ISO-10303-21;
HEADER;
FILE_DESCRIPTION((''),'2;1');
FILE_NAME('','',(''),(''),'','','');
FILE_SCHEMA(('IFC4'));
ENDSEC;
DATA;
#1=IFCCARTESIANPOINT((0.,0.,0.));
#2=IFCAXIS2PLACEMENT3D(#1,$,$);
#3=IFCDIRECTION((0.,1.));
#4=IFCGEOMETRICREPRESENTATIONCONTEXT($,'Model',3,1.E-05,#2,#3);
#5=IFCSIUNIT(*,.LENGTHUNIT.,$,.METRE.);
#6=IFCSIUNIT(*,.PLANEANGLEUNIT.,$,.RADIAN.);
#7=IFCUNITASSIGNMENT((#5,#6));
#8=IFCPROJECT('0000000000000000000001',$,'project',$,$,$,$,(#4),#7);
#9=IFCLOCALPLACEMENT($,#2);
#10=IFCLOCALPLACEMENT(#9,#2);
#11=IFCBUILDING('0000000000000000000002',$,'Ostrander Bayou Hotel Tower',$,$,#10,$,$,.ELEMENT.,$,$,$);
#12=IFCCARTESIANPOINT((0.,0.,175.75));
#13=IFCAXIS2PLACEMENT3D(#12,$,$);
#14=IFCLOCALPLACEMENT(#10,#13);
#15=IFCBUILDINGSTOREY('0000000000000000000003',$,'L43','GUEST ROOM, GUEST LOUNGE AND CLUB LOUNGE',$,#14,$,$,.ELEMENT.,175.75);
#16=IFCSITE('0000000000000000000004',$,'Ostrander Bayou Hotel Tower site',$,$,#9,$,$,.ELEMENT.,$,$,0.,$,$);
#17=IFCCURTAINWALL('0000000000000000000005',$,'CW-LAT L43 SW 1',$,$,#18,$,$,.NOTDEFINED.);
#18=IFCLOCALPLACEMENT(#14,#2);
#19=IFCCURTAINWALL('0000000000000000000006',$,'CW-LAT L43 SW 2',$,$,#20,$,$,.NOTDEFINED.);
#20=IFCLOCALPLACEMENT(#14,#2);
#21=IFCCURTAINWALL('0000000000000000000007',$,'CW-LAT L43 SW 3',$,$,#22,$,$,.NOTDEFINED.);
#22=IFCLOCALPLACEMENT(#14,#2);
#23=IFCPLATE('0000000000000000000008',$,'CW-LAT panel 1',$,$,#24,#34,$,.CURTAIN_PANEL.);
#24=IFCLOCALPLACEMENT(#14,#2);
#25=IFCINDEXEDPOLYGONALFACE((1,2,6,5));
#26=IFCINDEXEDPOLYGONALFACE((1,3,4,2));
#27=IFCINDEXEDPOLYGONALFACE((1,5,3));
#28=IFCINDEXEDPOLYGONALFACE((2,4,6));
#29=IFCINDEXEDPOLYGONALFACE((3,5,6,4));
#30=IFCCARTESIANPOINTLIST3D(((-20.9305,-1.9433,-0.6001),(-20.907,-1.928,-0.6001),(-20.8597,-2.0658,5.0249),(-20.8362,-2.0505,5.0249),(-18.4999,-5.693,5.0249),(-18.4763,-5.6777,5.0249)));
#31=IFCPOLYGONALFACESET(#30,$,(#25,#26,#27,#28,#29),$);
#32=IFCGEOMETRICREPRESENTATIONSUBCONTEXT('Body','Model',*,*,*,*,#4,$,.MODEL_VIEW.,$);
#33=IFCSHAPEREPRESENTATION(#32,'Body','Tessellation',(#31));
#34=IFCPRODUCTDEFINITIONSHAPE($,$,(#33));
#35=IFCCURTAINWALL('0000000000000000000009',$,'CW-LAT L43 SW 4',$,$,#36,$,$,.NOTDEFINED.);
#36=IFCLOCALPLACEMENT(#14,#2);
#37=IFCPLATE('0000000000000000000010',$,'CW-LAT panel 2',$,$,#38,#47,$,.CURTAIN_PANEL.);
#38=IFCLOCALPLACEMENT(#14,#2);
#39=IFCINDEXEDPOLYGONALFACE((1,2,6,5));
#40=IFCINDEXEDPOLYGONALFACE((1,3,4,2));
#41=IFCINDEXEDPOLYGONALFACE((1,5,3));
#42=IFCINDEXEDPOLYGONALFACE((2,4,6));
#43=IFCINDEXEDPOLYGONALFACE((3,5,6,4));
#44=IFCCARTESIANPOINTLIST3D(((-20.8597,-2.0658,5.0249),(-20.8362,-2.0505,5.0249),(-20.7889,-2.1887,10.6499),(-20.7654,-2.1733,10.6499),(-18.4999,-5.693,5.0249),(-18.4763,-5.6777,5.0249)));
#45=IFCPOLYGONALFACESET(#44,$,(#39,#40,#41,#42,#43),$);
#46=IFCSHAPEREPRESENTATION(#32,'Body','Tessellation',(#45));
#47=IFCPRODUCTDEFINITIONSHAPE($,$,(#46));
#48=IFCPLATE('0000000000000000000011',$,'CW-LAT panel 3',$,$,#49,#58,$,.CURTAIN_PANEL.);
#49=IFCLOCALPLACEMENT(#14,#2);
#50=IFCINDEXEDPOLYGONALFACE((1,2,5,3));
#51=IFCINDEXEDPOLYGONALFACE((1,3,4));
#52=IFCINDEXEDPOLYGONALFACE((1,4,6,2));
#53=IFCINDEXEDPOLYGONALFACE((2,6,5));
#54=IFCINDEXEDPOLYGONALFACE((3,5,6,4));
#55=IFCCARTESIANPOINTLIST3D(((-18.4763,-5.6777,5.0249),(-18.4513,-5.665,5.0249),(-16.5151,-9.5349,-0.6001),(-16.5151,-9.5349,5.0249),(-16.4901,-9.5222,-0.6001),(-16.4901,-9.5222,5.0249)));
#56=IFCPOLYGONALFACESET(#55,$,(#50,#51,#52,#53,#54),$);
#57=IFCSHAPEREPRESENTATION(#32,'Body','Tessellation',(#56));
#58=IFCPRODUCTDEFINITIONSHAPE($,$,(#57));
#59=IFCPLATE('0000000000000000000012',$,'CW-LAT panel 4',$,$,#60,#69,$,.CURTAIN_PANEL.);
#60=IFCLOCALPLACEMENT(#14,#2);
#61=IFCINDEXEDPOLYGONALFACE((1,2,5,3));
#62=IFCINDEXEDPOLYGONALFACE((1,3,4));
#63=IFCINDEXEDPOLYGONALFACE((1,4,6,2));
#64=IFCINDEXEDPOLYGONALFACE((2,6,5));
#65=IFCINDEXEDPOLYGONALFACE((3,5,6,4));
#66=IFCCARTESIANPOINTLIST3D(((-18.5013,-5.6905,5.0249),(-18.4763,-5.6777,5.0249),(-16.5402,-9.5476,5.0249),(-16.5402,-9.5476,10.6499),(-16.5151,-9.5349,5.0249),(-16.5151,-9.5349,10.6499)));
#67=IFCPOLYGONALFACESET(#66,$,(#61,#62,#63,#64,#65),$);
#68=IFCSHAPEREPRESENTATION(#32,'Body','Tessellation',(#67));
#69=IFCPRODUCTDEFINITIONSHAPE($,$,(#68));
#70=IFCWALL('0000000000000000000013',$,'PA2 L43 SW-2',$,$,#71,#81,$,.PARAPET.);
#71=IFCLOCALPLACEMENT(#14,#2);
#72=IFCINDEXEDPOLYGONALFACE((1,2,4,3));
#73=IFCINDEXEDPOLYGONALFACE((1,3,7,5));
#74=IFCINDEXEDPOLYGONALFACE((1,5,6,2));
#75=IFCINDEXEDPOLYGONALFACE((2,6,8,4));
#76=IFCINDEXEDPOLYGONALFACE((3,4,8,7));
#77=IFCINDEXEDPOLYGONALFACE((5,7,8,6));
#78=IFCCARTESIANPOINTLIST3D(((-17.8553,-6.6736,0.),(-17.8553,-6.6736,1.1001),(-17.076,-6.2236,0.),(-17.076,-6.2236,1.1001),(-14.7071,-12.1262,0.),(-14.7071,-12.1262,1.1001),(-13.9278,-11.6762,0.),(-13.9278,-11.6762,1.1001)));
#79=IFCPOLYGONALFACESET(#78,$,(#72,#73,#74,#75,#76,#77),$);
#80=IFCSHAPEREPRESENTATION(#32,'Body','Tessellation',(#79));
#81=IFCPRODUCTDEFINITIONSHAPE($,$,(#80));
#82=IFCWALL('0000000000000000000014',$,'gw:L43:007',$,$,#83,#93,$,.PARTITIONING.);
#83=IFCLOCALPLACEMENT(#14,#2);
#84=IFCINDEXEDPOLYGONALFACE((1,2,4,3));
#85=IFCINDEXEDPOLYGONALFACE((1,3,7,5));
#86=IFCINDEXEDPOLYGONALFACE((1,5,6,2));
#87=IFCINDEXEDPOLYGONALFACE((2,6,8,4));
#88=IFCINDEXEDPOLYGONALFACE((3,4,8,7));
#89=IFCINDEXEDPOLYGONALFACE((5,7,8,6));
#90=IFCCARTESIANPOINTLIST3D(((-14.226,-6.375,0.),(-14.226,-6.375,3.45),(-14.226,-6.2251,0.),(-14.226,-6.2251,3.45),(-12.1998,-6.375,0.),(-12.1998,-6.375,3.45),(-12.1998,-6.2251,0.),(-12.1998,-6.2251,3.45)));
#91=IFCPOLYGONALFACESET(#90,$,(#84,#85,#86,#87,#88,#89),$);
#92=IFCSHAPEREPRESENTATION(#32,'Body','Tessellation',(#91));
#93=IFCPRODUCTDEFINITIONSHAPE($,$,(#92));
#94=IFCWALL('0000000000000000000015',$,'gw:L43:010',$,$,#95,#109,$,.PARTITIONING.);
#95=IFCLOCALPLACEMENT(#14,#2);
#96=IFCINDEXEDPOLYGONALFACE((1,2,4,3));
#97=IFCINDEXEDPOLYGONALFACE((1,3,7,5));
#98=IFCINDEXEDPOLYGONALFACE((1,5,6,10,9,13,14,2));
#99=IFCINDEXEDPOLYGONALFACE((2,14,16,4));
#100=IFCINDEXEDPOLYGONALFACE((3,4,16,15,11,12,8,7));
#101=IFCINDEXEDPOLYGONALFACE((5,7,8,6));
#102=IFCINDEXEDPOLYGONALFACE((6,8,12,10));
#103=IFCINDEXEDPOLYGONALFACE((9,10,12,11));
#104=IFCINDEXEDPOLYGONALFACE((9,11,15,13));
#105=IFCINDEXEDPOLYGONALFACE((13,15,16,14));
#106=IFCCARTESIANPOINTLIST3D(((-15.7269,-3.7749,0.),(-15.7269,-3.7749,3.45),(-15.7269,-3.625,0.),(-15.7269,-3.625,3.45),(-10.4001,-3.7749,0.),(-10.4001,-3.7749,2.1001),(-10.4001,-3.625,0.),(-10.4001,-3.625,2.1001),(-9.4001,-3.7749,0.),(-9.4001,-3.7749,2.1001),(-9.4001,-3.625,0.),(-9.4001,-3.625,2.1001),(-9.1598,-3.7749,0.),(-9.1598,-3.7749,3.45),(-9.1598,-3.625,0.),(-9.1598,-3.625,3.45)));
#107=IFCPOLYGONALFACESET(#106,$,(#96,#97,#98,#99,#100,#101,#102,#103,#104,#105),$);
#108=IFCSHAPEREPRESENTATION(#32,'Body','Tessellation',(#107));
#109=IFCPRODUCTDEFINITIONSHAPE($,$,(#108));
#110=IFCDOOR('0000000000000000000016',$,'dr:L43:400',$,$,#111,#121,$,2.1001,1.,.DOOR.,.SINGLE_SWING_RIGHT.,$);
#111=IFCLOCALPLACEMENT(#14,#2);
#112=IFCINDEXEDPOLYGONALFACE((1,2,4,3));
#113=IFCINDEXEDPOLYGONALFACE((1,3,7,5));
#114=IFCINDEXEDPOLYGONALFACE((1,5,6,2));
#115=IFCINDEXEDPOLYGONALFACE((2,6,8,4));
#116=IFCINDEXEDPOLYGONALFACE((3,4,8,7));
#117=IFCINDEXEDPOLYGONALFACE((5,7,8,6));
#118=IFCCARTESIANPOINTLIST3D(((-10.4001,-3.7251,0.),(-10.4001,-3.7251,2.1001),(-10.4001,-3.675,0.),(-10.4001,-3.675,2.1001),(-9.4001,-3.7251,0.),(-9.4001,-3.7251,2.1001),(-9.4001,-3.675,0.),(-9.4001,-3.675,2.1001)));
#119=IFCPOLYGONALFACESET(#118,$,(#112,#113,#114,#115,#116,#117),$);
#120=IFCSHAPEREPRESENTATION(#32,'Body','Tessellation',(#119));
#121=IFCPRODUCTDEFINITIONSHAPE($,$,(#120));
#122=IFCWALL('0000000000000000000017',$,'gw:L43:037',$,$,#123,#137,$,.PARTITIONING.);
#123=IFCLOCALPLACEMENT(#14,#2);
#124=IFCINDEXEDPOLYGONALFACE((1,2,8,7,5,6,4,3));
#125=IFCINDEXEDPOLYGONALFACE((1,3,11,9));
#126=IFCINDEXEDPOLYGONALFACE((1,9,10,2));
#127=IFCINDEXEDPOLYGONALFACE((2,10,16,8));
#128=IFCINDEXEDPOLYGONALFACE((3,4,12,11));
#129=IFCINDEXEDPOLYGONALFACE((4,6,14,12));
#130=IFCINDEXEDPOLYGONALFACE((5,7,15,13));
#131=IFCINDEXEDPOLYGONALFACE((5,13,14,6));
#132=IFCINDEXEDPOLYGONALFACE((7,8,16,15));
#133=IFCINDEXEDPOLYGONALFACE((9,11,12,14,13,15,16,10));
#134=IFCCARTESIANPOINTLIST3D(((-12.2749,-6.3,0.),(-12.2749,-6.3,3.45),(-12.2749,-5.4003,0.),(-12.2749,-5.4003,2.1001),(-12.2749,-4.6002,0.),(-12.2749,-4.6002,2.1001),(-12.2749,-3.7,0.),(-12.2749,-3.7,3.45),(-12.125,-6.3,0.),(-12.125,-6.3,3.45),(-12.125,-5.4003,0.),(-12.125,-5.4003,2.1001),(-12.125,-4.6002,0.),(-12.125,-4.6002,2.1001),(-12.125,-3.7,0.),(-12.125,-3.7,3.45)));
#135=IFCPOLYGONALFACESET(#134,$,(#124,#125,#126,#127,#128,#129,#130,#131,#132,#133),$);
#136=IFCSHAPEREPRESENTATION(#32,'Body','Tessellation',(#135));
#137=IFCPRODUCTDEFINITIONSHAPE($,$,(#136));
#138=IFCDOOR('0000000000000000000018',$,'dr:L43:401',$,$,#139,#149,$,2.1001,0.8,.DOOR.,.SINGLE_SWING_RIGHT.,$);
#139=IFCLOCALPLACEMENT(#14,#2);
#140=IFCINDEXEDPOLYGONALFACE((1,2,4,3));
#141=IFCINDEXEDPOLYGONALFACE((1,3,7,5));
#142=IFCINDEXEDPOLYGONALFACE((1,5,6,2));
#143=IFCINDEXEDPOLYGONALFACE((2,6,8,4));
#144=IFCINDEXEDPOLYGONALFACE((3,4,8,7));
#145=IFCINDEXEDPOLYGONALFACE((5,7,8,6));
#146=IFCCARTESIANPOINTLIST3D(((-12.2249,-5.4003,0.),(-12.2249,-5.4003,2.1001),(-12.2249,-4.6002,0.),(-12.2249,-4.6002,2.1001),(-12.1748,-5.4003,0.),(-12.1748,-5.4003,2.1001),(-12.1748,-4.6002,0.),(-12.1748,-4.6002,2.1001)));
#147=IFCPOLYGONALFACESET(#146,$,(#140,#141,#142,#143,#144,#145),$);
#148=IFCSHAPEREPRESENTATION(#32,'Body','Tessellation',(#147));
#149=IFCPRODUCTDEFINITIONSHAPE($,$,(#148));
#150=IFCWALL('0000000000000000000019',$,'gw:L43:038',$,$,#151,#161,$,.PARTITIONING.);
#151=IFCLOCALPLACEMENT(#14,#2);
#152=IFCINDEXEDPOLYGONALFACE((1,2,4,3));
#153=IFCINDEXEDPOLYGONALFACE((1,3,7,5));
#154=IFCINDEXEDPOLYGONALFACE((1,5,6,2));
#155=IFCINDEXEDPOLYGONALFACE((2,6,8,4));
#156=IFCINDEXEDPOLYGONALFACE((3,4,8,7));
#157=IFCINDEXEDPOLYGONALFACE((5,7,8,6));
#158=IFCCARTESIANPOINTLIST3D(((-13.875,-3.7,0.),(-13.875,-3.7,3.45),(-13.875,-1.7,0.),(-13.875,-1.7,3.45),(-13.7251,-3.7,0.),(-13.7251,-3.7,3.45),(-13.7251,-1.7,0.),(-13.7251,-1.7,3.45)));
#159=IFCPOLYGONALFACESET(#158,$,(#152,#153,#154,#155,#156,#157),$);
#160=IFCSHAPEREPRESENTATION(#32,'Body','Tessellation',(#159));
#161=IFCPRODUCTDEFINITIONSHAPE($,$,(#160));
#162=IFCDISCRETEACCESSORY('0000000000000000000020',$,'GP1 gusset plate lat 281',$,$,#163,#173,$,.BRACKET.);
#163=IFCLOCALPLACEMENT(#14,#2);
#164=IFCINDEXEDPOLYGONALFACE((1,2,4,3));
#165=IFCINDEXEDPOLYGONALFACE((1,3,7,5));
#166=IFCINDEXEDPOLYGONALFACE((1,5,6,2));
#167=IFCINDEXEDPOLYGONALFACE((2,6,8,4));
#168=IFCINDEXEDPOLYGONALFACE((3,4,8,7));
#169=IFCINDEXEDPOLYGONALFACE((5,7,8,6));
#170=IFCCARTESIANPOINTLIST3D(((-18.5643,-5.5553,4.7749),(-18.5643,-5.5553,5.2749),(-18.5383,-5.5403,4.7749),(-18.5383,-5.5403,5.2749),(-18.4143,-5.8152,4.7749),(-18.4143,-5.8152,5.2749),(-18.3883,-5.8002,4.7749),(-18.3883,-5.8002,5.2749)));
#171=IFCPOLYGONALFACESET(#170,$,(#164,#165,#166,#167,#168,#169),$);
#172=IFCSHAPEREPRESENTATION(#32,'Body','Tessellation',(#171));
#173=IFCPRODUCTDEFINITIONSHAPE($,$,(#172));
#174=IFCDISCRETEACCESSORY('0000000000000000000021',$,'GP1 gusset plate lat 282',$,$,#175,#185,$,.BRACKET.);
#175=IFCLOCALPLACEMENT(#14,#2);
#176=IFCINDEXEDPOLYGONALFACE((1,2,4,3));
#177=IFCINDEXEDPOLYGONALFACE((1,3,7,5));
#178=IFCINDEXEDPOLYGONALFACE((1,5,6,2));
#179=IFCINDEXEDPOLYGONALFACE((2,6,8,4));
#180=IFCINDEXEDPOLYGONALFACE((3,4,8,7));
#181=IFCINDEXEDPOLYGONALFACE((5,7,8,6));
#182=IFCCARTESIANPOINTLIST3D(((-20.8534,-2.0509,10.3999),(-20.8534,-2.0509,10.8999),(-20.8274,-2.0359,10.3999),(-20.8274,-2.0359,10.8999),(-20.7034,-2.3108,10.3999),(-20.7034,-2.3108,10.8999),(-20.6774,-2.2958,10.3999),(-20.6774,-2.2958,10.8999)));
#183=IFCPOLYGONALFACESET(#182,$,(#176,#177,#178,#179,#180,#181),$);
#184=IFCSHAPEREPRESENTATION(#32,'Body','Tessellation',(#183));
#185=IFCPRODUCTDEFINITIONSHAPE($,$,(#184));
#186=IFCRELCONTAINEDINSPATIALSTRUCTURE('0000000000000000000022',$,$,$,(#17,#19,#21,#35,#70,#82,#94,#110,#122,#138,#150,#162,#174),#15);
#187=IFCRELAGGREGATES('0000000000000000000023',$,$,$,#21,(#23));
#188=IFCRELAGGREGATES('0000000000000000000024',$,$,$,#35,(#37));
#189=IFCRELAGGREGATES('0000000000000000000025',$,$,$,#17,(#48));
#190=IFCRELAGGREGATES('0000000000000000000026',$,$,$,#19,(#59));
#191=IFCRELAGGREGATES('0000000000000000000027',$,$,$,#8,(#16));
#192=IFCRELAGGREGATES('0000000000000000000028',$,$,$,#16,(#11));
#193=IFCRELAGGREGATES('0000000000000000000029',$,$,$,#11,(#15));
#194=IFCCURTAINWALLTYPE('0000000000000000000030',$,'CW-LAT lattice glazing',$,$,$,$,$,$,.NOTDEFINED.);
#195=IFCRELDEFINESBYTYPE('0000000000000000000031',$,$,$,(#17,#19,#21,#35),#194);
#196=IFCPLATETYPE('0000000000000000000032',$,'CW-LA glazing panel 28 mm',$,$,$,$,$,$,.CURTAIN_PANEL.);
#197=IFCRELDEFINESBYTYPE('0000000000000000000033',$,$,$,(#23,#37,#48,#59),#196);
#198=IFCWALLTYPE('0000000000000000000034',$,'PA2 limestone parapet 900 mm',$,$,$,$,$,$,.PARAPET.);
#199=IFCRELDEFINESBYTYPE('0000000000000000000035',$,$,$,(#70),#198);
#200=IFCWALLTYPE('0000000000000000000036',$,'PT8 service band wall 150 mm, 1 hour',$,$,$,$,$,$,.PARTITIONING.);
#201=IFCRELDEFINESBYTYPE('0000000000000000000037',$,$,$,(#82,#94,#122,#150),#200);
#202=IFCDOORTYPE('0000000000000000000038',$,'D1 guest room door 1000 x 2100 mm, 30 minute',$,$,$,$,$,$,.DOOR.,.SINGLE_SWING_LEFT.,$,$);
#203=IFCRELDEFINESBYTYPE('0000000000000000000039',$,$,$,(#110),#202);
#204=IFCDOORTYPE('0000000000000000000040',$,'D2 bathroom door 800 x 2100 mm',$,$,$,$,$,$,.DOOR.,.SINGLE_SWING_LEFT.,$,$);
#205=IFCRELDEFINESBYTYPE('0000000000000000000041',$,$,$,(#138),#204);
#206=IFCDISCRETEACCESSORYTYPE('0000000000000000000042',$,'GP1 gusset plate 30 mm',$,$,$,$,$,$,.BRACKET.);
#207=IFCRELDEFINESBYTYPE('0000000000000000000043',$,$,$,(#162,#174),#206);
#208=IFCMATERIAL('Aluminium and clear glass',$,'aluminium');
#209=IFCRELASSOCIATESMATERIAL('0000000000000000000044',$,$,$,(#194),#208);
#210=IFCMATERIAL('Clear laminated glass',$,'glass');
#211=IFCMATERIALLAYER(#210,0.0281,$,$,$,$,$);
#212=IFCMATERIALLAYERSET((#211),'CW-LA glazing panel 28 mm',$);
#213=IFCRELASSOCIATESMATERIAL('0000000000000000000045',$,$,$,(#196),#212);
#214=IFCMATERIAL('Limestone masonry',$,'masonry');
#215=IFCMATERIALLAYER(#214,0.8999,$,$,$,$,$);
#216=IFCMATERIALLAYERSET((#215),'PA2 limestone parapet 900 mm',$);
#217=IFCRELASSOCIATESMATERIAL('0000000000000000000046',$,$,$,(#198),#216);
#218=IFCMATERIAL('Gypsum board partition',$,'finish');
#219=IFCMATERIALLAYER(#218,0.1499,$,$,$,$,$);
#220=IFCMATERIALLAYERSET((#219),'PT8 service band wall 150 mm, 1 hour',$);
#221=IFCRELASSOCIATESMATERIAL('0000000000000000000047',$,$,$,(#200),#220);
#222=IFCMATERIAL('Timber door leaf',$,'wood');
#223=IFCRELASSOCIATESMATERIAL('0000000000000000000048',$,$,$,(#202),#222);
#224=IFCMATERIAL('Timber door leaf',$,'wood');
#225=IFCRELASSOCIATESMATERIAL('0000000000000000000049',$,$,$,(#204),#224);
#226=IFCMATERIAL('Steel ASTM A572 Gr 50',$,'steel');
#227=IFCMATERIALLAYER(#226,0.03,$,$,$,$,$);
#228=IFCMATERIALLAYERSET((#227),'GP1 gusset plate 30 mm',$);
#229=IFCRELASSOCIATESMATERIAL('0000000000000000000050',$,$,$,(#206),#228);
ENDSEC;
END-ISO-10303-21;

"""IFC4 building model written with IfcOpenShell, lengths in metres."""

from ifc_helpers import new_model, si_unit, direction, frame, frame_2d, origin, origin_2d, place, context, subcontext, project, spatial, polyline, rectangle, outline, extrude, material, layer, layer_set, type_object, element, fill, aggregate, save


model = new_model("IFC4")

# Units and contexts
model_context = context("Model", 3, precision=1e-05, world=origin(), true_north=direction((0.0, 1.0)))
body_context = subcontext(model_context, "Body", "Model", "MODEL_VIEW")
ifc_project = project(units=[si_unit("LENGTHUNIT", "METRE"), si_unit("PLANEANGLEUNIT", "RADIAN")], contexts=[model_context])

# Site, building, storey
site_placement = place(None, origin())
site = spatial("IfcSite", under=ifc_project, at=site_placement, Name="Ostrander Bayou Hotel Tower site", CompositionType="ELEMENT", RefElevation=0.0)
building_placement = place(site_placement, origin())
building = spatial("IfcBuilding", under=site, at=building_placement, Name="Ostrander Bayou Hotel Tower", CompositionType="ELEMENT")
storey_placement = place(building_placement, frame((0.0, 0.0, 175.75)))
storey = spatial("IfcBuildingStorey", under=building, at=storey_placement, Name="L43", Description="GUEST ROOM, GUEST LOUNGE AND CLUB LOUNGE", CompositionType="ELEMENT", Elevation=175.75)

# Curtain wall
ifc_material_1 = material(Name="Aluminium and clear glass", Category="aluminium")
curtain_wall_type = type_object("IfcCurtainWallType", Name="CW-LAT lattice glazing", PredefinedType="NOTDEFINED", material=ifc_material_1)
curtain_wall_1_placement = place(storey_placement, origin())
curtain_wall_1 = element("IfcCurtainWall", 1, at=curtain_wall_1_placement, inside=storey, type_object=curtain_wall_type, Name="CW-LAT L43 SW 1", PredefinedType="NOTDEFINED")

# Curtain wall
curtain_wall_2_placement = place(storey_placement, origin())
curtain_wall_2 = element("IfcCurtainWall", 2, at=curtain_wall_2_placement, inside=storey, type_object=curtain_wall_type, Name="CW-LAT L43 SW 2", PredefinedType="NOTDEFINED")

# Curtain walls, plates
curtain_wall_3_placement = place(storey_placement, origin())
curtain_wall_3 = element("IfcCurtainWall", 3, at=curtain_wall_3_placement, inside=storey, type_object=curtain_wall_type, Name="CW-LAT L43 SW 3", PredefinedType="NOTDEFINED")
ifc_material_2 = material(Name="Clear laminated glass", Category="glass")
ifc_layer_1 = layer(ifc_material_2, 0.0281)
ifc_layer_set_1 = layer_set([ifc_layer_1], Name="CW-LA glazing panel 28 mm")
plate_type = type_object("IfcPlateType", Name="CW-LA glazing panel 28 mm", PredefinedType="CURTAIN_PANEL", material=ifc_layer_set_1)
plate_1_placement = place(storey_placement, frame((-18.4763, -5.6777, 5.0249), z_axis=(0.838212, 0.545343, 0.001332), x_axis=(-0.338346, 0.521962, -0.782993)))
plate_1 = element("IfcPlate", 4, at=plate_1_placement, type_object=plate_type, Name="CW-LAT panel 1", PredefinedType="CURTAIN_PANEL", context=body_context, shape_type="SweptSolid", body=[
    extrude(outline(polyline([(0.0, 0.0), (7.184, 0.0), (2.6917, 3.3882), (0.0, 0.0)])), origin(), (0.0, 0.0, -1.0), 0.0281),
])
aggregate(curtain_wall_3, [plate_1])
curtain_wall_4_placement = place(storey_placement, origin())
curtain_wall_4 = element("IfcCurtainWall", 5, at=curtain_wall_4_placement, inside=storey, type_object=curtain_wall_type, Name="CW-LAT L43 SW 4", PredefinedType="NOTDEFINED")
plate_2_placement = place(storey_placement, frame((-18.4763, -5.6777, 5.0249), z_axis=(0.838212, 0.545343, 0.001355), x_axis=(-0.326472, 0.499806, 0.802253)))
plate_2 = element("IfcPlate", 6, at=plate_2_placement, type_object=plate_type, Name="CW-LAT panel 2", PredefinedType="CURTAIN_PANEL", context=body_context, shape_type="SweptSolid", body=[
    extrude(outline(polyline([(0.0, 0.0), (7.0115, 0.0), (2.5833, -3.4716), (0.0, 0.0)])), origin(), (0.0, 0.0, -1.0), 0.0281),
])
aggregate(curtain_wall_4, [plate_2])

# Plates
plate_3_placement = place(storey_placement, frame((-18.4763, -5.6777, 5.0249), z_axis=(-0.891394, -0.453229, 0.0), x_axis=(0.276347, -0.543509, -0.79261)))
plate_3 = element("IfcPlate", 7, at=plate_3_placement, type_object=plate_type, Name="CW-LAT panel 3", PredefinedType="CURTAIN_PANEL", context=body_context, shape_type="SweptSolid", body=[
    extrude(outline(polyline([(0.0, 0.0), (7.0968, 0.0), (2.6384, 3.4297), (0.0, 0.0)])), origin(), (0.0, 0.0, -1.0), 0.0281),
])
aggregate(curtain_wall_1, [plate_3])
plate_4_placement = place(storey_placement, frame((-18.4763, -5.6777, 5.0249), z_axis=(0.891394, 0.453229, 0.0), x_axis=(0.276347, -0.543509, 0.79261)))
plate_4 = element("IfcPlate", 8, at=plate_4_placement, type_object=plate_type, Name="CW-LAT panel 4", PredefinedType="CURTAIN_PANEL", context=body_context, shape_type="SweptSolid", body=[
    extrude(outline(polyline([(0.0, 0.0), (7.0968, 0.0), (2.6384, 3.4297), (0.0, 0.0)])), origin(), (0.0, 0.0, -1.0), 0.0281),
])
aggregate(curtain_wall_2, [plate_4])

# Walls
ifc_material_3 = material(Name="Limestone masonry", Category="masonry")
ifc_layer_2 = layer(ifc_material_3, 0.8999)
ifc_layer_set_2 = layer_set([ifc_layer_2], Name="PA2 limestone parapet 900 mm")
wall_type_1 = type_object("IfcWallType", Name="PA2 limestone parapet 900 mm", PredefinedType="PARAPET", material=ifc_layer_set_2)
wall_1_placement = place(storey_placement, frame((-17.4656, -6.4487, 0.0), z_axis=(0.0, 0.0, 1.0), x_axis=(0.500013, -0.866018, 0.0)))
element("IfcWall", 9, at=wall_1_placement, inside=storey, type_object=wall_type_1, Name="PA2 L43 SW-2", PredefinedType="PARAPET", context=body_context, shape_type="SweptSolid", body=[
    extrude(rectangle(XDim=6.2961, YDim=0.8999, at=frame_2d((3.1479, 0.0))), origin(), (0.0, 0.0, 1.0), 1.1001),
])
ifc_material_4 = material(Name="Gypsum board partition", Category="finish")
ifc_layer_3 = layer(ifc_material_4, 0.1499)
ifc_layer_set_3 = layer_set([ifc_layer_3], Name="PT8 service band wall 150 mm, 1 hour")
wall_type_2 = type_object("IfcWallType", Name="PT8 service band wall 150 mm, 1 hour", PredefinedType="PARTITIONING", material=ifc_layer_set_3)
wall_2_placement = place(storey_placement, frame((-14.2261, -6.3, 0.0), z_axis=(0.0, 0.0, 1.0), x_axis=(1.0, 0.0, 0.0)))
element("IfcWall", 10, at=wall_2_placement, inside=storey, type_object=wall_type_2, Name="gw:L43:007", PredefinedType="PARTITIONING", context=body_context, shape_type="SweptSolid", body=[
    extrude(rectangle(XDim=2.0261, YDim=0.1499, at=frame_2d((1.0132, 0.0))), origin(), (0.0, 0.0, 1.0), 3.45),
])

# Walls, openings, doors
wall_3_placement = place(storey_placement, frame((-15.7271, -3.7, 0.0), z_axis=(0.0, 0.0, 1.0), x_axis=(1.0, 0.0, 0.0)))
wall_3 = element("IfcWall", 11, at=wall_3_placement, inside=storey, type_object=wall_type_2, Name="gw:L43:010", PredefinedType="PARTITIONING", context=body_context, shape_type="SweptSolid", body=[
    extrude(rectangle(XDim=6.5671, YDim=0.1499, at=frame_2d((3.2837, 0.0))), origin(), (0.0, 0.0, 1.0), 3.45),
])
opening_1_placement = place(wall_3_placement, frame((5.3269, 0.0, 0.0)))
opening_1 = element("IfcOpeningElement", 12, at=opening_1_placement, cuts=wall_3, PredefinedType="OPENING", context=body_context, shape_type="SweptSolid", body=[
    extrude(rectangle(XDim=1.0, YDim=2.1001, at=frame_2d((0.5, 1.05))), frame((0.0, 0.075, 0.0), z_axis=(0.0, -1.0, 0.0), x_axis=(1.0, 0.0, 0.0)), (0.0, 0.0, 1.0), 0.1499),
])
ifc_material_5 = material(Name="Timber door leaf", Category="wood")
door_type_1 = type_object("IfcDoorType", Name="D1 guest room door 1000 x 2100 mm, 30 minute", OperationType="SINGLE_SWING_LEFT", PredefinedType="DOOR", material=ifc_material_5)
door_1_placement = place(opening_1_placement, origin())
door_1 = element("IfcDoor", 13, at=door_1_placement, inside=storey, type_object=door_type_1, Name="dr:L43:400", OperationType="SINGLE_SWING_RIGHT", OverallHeight=2.1001, OverallWidth=1.0, PredefinedType="DOOR", context=body_context, shape_type="SweptSolid", body=[
    extrude(rectangle(XDim=1.0, YDim=2.1001, at=frame_2d((0.5, 1.05))), frame((0.0, 0.0249, 0.0), z_axis=(0.0, -1.0, 0.0), x_axis=(1.0, 0.0, 0.0)), (0.0, 0.0, 1.0), 0.05),
])
fill(opening_1, door_1)
wall_4_placement = place(storey_placement, frame((-12.2, -6.3, 0.0), z_axis=(0.0, 0.0, 1.0), x_axis=(0.0, 1.0, 0.0)))
wall_4 = element("IfcWall", 14, at=wall_4_placement, inside=storey, type_object=wall_type_2, Name="gw:L43:037", PredefinedType="PARTITIONING", context=body_context, shape_type="SweptSolid", body=[
    extrude(rectangle(XDim=2.6001, YDim=0.1499, at=frame_2d((1.3, 0.0))), origin(), (0.0, 0.0, 1.0), 3.45),
])
opening_2_placement = place(wall_4_placement, frame((0.8999, 0.0, 0.0)))
opening_2 = element("IfcOpeningElement", 15, at=opening_2_placement, cuts=wall_4, PredefinedType="OPENING", context=body_context, shape_type="SweptSolid", body=[
    extrude(rectangle(XDim=0.8, YDim=2.1001, at=frame_2d((0.3999, 1.05))), frame((0.0, 0.075, 0.0), z_axis=(0.0, -1.0, 0.0), x_axis=(1.0, 0.0, 0.0)), (0.0, 0.0, 1.0), 0.1499),
])
ifc_material_6 = material(Name="Timber door leaf", Category="wood")
door_type_2 = type_object("IfcDoorType", Name="D2 bathroom door 800 x 2100 mm", OperationType="SINGLE_SWING_LEFT", PredefinedType="DOOR", material=ifc_material_6)
door_2_placement = place(opening_2_placement, origin())
door_2 = element("IfcDoor", 16, at=door_2_placement, inside=storey, type_object=door_type_2, Name="dr:L43:401", OperationType="SINGLE_SWING_RIGHT", OverallHeight=2.1001, OverallWidth=0.8, PredefinedType="DOOR", context=body_context, shape_type="SweptSolid", body=[
    extrude(rectangle(XDim=0.8, YDim=2.1001, at=frame_2d((0.3999, 1.05))), frame((0.0, 0.0249, 0.0), z_axis=(0.0, -1.0, 0.0), x_axis=(1.0, 0.0, 0.0)), (0.0, 0.0, 1.0), 0.05),
])
fill(opening_2, door_2)

# Wall
wall_5_placement = place(storey_placement, frame((-13.8, -3.7, 0.0), z_axis=(0.0, 0.0, 1.0), x_axis=(0.0, 1.0, 0.0)))
element("IfcWall", 17, at=wall_5_placement, inside=storey, type_object=wall_type_2, Name="gw:L43:038", PredefinedType="PARTITIONING", context=body_context, shape_type="SweptSolid", body=[
    extrude(rectangle(XDim=2.0, YDim=0.1499, at=frame_2d((1.0, 0.0))), origin(), (0.0, 0.0, 1.0), 3.45),
])

# Discrete accessories
ifc_material_7 = material(Name="Steel ASTM A572 Gr 50", Category="steel")
ifc_layer_4 = layer(ifc_material_7, 0.03)
ifc_layer_set_4 = layer_set([ifc_layer_4], Name="GP1 gusset plate 30 mm")
discrete_accessory_type = type_object("IfcDiscreteAccessoryType", Name="GP1 gusset plate 30 mm", PredefinedType="BRACKET", material=ifc_layer_set_4)
for number, where, z_axis, x_axis, name in (
    (18, (-18.4763, -5.6777, 4.7749), (0.0, 0.0, 1.0), (0.5, -0.866025, 0.0), "GP1 gusset plate lat 281"),
    (19, (-20.7654, -2.1733, 10.3999), (0.0, 0.0, 1.0), (0.5, -0.866025, 0.0), "GP1 gusset plate lat 282"),
):
    element("IfcDiscreteAccessory", number, at=place(storey_placement, frame(where, z_axis=z_axis, x_axis=x_axis)), inside=storey, type_object=discrete_accessory_type, Name=name, PredefinedType="BRACKET", context=body_context, shape_type="SweptSolid", body=[
        extrude(rectangle(XDim=0.3, YDim=0.03, at=origin_2d()), origin(), (0.0, 0.0, 1.0), 0.5),
    ])

save(model, "model.ifc")
